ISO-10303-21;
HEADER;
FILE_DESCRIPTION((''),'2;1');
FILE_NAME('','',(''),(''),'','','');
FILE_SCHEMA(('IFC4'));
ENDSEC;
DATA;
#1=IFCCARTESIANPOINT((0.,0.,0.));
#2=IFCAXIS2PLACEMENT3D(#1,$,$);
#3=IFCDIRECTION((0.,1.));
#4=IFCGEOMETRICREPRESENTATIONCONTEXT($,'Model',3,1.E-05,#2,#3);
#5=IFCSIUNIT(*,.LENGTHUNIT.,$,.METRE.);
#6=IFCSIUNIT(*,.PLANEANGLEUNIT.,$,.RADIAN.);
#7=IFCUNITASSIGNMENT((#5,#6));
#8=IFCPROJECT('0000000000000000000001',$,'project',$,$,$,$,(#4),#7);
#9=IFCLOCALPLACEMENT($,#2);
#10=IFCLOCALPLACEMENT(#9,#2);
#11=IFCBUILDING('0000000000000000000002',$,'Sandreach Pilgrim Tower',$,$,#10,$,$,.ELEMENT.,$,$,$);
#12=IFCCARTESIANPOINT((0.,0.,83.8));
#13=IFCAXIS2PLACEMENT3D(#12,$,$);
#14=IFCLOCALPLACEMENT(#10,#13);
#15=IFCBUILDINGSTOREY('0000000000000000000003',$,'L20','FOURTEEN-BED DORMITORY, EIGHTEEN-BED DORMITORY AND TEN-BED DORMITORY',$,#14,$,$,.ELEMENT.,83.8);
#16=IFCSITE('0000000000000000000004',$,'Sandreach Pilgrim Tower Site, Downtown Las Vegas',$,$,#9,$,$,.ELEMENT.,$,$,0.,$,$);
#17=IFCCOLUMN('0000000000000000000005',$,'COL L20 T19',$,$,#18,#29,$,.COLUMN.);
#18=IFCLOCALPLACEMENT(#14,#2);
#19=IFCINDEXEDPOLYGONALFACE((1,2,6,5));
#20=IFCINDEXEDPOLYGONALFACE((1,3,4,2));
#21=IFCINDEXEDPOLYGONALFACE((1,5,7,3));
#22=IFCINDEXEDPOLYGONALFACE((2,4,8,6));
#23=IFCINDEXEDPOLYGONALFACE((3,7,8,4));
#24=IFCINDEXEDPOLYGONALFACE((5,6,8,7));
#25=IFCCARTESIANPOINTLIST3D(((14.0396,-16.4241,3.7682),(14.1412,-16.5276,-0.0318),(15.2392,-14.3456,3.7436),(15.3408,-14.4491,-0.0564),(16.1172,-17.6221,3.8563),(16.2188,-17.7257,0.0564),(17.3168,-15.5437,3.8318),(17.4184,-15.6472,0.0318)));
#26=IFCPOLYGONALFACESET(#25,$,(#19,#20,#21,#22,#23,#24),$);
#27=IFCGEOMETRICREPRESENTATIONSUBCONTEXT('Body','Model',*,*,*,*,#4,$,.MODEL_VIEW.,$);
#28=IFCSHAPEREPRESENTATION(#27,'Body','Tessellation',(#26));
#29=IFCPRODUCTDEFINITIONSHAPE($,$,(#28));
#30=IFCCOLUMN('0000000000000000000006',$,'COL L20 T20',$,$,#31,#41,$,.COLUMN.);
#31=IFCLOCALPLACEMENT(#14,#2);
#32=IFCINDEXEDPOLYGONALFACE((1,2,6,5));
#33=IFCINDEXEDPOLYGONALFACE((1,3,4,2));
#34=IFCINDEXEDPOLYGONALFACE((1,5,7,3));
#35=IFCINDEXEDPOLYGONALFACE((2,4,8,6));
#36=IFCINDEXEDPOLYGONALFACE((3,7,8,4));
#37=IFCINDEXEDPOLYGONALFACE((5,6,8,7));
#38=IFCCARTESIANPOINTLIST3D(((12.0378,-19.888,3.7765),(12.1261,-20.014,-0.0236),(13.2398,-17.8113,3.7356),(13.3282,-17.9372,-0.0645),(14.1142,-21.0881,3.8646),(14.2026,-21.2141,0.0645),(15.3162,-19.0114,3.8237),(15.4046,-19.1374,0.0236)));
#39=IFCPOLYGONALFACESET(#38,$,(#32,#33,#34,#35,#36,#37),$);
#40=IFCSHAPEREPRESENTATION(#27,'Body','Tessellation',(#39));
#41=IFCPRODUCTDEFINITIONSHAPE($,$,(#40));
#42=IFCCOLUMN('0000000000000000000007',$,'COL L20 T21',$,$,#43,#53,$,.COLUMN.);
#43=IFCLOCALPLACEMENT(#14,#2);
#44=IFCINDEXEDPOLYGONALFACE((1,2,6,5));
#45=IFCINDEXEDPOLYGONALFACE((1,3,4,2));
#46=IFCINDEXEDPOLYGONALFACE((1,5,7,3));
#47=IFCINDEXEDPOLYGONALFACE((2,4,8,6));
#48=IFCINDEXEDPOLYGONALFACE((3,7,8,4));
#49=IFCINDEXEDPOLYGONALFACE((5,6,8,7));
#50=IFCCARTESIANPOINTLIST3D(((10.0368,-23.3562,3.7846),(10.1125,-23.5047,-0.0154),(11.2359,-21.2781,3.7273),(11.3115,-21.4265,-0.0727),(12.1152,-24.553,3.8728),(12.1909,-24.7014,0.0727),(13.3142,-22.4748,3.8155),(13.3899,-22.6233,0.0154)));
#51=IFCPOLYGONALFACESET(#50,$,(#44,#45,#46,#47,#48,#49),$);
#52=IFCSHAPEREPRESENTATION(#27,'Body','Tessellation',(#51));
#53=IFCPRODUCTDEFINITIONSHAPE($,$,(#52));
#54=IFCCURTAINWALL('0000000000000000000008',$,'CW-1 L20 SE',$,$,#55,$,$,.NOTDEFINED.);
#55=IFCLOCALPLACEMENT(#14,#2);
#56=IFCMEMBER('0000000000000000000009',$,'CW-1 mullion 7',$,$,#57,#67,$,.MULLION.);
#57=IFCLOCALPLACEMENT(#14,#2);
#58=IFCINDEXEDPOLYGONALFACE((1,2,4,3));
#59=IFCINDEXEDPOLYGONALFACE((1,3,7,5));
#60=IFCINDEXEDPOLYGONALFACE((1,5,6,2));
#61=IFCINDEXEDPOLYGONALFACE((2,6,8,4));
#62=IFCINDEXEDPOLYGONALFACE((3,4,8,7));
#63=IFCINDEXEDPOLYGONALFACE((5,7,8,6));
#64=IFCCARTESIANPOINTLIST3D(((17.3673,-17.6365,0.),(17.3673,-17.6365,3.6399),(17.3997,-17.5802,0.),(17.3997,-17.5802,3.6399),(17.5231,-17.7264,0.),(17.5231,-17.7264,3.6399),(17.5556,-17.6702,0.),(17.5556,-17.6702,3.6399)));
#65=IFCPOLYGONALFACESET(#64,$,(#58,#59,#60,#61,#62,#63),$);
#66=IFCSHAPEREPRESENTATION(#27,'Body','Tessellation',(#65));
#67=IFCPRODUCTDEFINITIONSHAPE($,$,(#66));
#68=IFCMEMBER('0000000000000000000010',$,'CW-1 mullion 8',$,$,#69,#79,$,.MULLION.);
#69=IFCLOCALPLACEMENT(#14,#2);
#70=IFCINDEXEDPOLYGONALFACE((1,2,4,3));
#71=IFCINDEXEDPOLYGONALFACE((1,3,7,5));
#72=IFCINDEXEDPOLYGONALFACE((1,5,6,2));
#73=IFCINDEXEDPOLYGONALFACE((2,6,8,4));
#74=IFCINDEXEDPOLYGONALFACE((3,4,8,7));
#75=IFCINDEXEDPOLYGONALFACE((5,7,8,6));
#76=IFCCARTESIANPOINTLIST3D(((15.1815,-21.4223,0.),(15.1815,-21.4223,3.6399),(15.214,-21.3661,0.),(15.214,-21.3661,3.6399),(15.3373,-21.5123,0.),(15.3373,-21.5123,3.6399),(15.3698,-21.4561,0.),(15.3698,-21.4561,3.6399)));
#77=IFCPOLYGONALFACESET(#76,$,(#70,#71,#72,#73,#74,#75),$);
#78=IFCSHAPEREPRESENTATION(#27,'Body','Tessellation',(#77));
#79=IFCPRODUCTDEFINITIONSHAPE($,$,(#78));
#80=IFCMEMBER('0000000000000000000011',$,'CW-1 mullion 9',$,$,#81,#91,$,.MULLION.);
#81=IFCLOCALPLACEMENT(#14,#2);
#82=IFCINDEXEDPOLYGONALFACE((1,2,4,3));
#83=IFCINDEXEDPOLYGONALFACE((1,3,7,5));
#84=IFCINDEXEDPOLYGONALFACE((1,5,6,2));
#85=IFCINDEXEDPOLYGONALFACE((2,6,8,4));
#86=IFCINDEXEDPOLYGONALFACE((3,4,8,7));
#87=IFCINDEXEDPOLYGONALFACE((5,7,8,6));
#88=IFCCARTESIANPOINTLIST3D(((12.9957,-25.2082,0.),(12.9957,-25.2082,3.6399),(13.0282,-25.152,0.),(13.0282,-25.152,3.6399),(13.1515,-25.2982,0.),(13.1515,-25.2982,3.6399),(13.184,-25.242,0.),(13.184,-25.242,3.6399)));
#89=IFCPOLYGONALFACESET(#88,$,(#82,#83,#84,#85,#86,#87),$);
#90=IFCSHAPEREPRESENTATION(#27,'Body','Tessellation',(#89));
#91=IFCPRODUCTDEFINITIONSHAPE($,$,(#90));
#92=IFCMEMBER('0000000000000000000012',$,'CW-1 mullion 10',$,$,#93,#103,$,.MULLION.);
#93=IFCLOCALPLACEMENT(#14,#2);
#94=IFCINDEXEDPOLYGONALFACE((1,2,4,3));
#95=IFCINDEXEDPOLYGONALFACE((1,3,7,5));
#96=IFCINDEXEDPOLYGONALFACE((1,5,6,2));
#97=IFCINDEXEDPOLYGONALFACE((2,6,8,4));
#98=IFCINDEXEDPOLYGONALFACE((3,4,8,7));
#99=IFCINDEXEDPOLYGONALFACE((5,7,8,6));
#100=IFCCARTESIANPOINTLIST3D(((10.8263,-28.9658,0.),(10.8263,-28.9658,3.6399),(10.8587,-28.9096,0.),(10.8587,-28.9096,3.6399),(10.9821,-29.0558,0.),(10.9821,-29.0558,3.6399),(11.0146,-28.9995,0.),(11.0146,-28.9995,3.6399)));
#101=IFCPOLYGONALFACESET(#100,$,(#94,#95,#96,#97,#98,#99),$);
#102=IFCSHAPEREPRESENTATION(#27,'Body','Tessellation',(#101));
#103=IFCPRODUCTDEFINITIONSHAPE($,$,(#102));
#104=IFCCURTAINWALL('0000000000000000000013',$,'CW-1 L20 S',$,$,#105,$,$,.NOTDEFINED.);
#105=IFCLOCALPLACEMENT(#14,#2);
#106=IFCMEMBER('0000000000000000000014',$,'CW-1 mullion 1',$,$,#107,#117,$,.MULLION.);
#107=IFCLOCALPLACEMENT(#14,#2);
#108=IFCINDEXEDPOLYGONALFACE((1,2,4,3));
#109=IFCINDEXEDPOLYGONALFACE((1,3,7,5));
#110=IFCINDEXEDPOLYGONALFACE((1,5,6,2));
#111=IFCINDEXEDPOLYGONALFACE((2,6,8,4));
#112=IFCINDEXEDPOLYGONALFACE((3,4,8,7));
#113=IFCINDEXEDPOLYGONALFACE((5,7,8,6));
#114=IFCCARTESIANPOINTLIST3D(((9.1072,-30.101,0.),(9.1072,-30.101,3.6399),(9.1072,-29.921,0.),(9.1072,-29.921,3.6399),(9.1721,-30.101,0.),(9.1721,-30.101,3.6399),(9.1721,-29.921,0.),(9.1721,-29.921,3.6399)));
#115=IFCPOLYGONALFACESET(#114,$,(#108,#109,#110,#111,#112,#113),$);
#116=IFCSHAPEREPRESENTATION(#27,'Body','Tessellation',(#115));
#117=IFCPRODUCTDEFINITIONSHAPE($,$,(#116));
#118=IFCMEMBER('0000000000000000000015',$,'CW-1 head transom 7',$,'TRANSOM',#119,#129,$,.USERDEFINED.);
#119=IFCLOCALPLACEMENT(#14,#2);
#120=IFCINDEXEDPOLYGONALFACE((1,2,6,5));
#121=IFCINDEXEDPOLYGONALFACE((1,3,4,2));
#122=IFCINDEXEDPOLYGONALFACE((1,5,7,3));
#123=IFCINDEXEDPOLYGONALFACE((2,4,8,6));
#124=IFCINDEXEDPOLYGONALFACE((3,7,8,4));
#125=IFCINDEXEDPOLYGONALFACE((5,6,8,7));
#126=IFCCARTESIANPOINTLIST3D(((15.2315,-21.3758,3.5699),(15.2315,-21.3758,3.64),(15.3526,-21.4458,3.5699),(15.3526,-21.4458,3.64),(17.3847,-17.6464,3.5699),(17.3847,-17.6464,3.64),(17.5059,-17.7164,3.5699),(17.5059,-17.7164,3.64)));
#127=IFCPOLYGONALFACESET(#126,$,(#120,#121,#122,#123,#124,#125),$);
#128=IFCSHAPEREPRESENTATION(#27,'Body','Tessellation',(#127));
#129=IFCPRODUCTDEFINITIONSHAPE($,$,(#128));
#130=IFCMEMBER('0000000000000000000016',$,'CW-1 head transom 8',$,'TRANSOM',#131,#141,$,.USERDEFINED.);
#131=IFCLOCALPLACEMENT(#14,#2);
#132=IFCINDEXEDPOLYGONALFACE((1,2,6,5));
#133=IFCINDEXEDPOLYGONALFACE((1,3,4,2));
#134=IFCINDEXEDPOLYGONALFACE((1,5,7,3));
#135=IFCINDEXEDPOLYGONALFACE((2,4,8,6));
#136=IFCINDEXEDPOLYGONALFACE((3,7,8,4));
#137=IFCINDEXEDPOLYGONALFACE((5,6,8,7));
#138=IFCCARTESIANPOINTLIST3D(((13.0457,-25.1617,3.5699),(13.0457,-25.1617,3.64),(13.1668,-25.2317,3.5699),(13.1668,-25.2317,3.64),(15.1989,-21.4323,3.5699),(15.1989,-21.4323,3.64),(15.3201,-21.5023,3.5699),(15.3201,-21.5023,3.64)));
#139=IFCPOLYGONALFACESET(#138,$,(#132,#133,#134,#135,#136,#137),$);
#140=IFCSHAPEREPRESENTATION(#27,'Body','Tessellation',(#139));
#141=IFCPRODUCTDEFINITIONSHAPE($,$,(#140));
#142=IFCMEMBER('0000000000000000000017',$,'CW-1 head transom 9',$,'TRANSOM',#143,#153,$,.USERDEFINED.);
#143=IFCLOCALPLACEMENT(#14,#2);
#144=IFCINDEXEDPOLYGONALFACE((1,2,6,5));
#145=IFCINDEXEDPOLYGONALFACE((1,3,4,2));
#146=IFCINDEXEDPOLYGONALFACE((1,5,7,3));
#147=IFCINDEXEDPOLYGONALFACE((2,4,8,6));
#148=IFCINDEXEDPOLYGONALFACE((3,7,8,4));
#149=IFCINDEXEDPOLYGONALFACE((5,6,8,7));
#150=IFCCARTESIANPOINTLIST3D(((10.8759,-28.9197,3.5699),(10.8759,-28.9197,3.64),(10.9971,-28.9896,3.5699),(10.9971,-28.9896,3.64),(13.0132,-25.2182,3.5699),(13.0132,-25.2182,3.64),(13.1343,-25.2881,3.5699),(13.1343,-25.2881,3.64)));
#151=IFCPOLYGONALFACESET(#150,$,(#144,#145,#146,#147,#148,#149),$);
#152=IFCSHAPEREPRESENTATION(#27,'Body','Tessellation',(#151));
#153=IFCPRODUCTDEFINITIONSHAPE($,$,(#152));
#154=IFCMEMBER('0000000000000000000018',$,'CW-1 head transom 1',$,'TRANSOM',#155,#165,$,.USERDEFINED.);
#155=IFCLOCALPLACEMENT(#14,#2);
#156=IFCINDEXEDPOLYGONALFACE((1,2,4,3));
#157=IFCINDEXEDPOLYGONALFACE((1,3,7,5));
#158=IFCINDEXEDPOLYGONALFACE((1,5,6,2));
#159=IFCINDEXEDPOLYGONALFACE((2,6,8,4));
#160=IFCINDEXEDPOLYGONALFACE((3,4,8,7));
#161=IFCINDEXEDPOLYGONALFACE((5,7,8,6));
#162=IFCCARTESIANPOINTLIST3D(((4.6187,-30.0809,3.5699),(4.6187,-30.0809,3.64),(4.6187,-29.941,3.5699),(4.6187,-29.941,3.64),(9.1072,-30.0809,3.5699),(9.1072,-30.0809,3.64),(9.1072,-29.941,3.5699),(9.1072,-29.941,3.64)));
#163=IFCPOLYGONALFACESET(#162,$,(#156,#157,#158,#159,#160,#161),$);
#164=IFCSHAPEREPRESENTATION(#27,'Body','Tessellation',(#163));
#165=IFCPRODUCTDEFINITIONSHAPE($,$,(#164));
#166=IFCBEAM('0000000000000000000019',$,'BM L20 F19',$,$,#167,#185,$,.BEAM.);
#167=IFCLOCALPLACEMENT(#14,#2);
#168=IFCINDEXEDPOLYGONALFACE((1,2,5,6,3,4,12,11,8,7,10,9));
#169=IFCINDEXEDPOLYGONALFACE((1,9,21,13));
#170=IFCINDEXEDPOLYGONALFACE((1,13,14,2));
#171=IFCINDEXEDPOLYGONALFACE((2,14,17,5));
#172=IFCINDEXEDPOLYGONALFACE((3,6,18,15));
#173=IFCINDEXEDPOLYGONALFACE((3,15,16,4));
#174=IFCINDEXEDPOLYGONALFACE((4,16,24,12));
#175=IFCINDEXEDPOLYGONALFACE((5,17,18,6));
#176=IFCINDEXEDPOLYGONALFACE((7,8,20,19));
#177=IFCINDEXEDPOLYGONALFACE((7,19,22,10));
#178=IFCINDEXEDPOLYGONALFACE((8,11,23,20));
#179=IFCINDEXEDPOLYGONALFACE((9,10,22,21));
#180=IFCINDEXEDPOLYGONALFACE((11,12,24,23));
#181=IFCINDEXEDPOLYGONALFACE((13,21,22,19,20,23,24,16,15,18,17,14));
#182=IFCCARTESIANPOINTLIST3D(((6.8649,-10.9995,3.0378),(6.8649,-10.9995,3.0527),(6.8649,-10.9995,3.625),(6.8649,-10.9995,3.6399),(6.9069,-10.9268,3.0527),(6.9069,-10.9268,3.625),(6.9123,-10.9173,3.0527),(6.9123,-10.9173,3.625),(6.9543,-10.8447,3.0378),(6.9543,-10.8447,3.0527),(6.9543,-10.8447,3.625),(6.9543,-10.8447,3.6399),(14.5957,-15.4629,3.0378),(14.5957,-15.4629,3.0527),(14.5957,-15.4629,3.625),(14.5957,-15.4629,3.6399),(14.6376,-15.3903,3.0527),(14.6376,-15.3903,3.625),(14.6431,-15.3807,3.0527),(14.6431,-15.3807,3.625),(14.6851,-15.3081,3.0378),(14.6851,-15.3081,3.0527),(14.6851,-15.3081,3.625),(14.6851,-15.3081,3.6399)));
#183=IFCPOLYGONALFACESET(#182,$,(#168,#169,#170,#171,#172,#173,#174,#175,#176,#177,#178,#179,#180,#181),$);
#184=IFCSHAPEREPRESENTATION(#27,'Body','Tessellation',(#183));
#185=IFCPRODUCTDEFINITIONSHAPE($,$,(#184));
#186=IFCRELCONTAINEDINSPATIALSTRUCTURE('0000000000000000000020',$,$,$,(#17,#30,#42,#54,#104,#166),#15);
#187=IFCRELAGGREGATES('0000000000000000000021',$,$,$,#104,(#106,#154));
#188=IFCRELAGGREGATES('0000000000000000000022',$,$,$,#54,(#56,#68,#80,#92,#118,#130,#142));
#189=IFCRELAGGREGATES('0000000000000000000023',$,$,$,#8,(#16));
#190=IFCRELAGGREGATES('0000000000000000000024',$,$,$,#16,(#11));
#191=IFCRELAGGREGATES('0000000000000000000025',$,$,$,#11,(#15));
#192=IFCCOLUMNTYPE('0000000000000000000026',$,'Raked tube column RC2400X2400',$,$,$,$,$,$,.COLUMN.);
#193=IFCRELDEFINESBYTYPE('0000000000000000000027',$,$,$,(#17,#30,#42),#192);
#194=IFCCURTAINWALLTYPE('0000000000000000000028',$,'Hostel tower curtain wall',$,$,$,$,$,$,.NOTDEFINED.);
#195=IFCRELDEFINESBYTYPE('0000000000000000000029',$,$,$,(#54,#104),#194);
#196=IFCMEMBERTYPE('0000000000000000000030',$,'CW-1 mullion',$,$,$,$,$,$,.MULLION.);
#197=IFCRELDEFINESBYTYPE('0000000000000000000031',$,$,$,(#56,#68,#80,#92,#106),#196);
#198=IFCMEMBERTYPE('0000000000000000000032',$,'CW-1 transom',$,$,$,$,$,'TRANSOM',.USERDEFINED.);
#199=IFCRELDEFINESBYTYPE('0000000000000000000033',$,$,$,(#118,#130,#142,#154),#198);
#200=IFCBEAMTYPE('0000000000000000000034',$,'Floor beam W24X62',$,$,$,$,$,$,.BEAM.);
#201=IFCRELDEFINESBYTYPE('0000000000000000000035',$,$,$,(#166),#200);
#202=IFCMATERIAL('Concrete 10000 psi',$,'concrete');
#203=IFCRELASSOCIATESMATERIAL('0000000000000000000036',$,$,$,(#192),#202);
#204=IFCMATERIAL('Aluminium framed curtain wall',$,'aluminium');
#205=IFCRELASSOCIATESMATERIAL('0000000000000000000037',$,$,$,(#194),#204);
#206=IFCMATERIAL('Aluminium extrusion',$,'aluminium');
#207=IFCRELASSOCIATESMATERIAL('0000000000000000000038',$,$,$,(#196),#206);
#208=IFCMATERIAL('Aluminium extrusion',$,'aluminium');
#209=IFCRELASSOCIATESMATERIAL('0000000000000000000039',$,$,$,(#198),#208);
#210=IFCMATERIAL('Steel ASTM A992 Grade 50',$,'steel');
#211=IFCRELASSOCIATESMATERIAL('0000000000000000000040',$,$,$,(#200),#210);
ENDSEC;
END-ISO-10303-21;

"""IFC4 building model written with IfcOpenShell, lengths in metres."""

from ifc_helpers import new_model, si_unit, direction, frame, origin, origin_2d, place, context, subcontext, project, spatial, rectangle, i_section, extrude, material, material_profile, profile_set, type_object, element, aggregate, save


model = new_model("IFC4")

# Units and contexts
model_context = context("Model", 3, precision=1e-05, world=origin(), true_north=direction((0.0, 1.0)))
body_context = subcontext(model_context, "Body", "Model", "MODEL_VIEW")
ifc_project = project(units=[si_unit("LENGTHUNIT", "METRE"), si_unit("PLANEANGLEUNIT", "RADIAN")], contexts=[model_context])

# Site, building, storey
site_placement = place(None, origin())
site = spatial("IfcSite", under=ifc_project, at=site_placement, Name="Sandreach Pilgrim Tower Site, Downtown Las Vegas", CompositionType="ELEMENT", RefElevation=0.0)
building_placement = place(site_placement, origin())
building = spatial("IfcBuilding", under=site, at=building_placement, Name="Sandreach Pilgrim Tower", CompositionType="ELEMENT")
storey_placement = place(building_placement, frame((0.0, 0.0, 83.8)))
storey = spatial("IfcBuildingStorey", under=building, at=storey_placement, Name="L20", Description="FOURTEEN-BED DORMITORY, EIGHTEEN-BED DORMITORY AND TEN-BED DORMITORY", CompositionType="ELEMENT", Elevation=83.8)

# Columns
ifc_material_1 = material(Name="Concrete 10000 psi", Category="concrete")
ifc_material_profile_1 = material_profile(ifc_material_1, rectangle(XDim=2.3999, YDim=2.3999, at=origin_2d()), Name="RC2400X2400")
ifc_profile_set_1 = profile_set([ifc_material_profile_1], Name="Concrete 10000 psi")
column_type = type_object("IfcColumnType", Name="Raked tube column RC2400X2400", PredefinedType="COLUMN", material=ifc_profile_set_1)
column_1_placement = place(storey_placement, frame((15.7798, -16.0874, 0.0), z_axis=(-0.026707, 0.027221, 0.999273), x_axis=(0.865695, -0.499221, 0.036736)))
element("IfcColumn", 1, at=column_1_placement, inside=storey, type_object=column_type, Name="COL L20 T19", PredefinedType="COLUMN", context=body_context, shape_type="SweptSolid", body=[
    extrude(rectangle(XDim=2.3999, YDim=2.3999, at=origin_2d()), origin(), (0.0, 0.0, 1.0), 3.8027),
])
column_2_placement = place(storey_placement, frame((13.7654, -19.5757, 0.0), z_axis=(-0.023238, 0.033124, 0.999181), x_axis=(0.865206, -0.500071, 0.0367)))
element("IfcColumn", 2, at=column_2_placement, inside=storey, type_object=column_type, Name="COL L20 T20", PredefinedType="COLUMN", context=body_context, shape_type="SweptSolid", body=[
    extrude(rectangle(XDim=2.3999, YDim=2.3999, at=origin_2d()), origin(), (0.0, 0.0, 1.0), 3.8032),
])
column_3_placement = place(storey_placement, frame((11.7512, -23.064, 0.0), z_axis=(-0.019897, 0.039025, 0.99904), x_axis=(0.866022, -0.498655, 0.036727)))
element("IfcColumn", 3, at=column_3_placement, inside=storey, type_object=column_type, Name="COL L20 T21", PredefinedType="COLUMN", context=body_context, shape_type="SweptSolid", body=[
    extrude(rectangle(XDim=2.3999, YDim=2.3999, at=origin_2d()), origin(), (0.0, 0.0, 1.0), 3.8037),
])

# Curtain wall, members
ifc_material_2 = material(Name="Aluminium framed curtain wall", Category="aluminium")
curtain_wall_type = type_object("IfcCurtainWallType", Name="Hostel tower curtain wall", PredefinedType="NOTDEFINED", material=ifc_material_2)
curtain_wall_1_placement = place(storey_placement, origin())
curtain_wall_1 = element("IfcCurtainWall", 4, at=curtain_wall_1_placement, inside=storey, type_object=curtain_wall_type, Name="CW-1 L20 SE", PredefinedType="NOTDEFINED")
ifc_material_3 = material(Name="Aluminium extrusion", Category="aluminium")
ifc_material_profile_2 = material_profile(ifc_material_3, rectangle(XDim=0.0649, YDim=0.1799, at=origin_2d()), Name="CW-1M 65X180")
ifc_profile_set_2 = profile_set([ifc_material_profile_2], Name="Aluminium extrusion")
member_type_1 = type_object("IfcMemberType", Name="CW-1 mullion", PredefinedType="MULLION", material=ifc_profile_set_2)
member_1_placement = place(storey_placement, frame((17.4614, -17.6533, 0.0), z_axis=(0.0, 0.0, 1.0), x_axis=(-0.5, -0.866025, 0.0)))
member_1 = element("IfcMember", 5, at=member_1_placement, type_object=member_type_1, Name="CW-1 mullion 7", PredefinedType="MULLION", context=body_context, shape_type="SweptSolid", body=[
    extrude(rectangle(XDim=0.0649, YDim=0.1799, at=origin_2d()), origin(), (0.0, 0.0, 1.0), 3.6399),
])
member_2_placement = place(storey_placement, frame((15.2756, -21.4392, 0.0), z_axis=(0.0, 0.0, 1.0), x_axis=(-0.5, -0.866025, 0.0)))
member_2 = element("IfcMember", 6, at=member_2_placement, type_object=member_type_1, Name="CW-1 mullion 8", PredefinedType="MULLION", context=body_context, shape_type="SweptSolid", body=[
    extrude(rectangle(XDim=0.0649, YDim=0.1799, at=origin_2d()), origin(), (0.0, 0.0, 1.0), 3.6399),
])
member_3_placement = place(storey_placement, frame((13.0898, -25.2251, 0.0), z_axis=(0.0, 0.0, 1.0), x_axis=(-0.5, -0.866025, 0.0)))
member_3 = element("IfcMember", 7, at=member_3_placement, type_object=member_type_1, Name="CW-1 mullion 9", PredefinedType="MULLION", context=body_context, shape_type="SweptSolid", body=[
    extrude(rectangle(XDim=0.0649, YDim=0.1799, at=origin_2d()), origin(), (0.0, 0.0, 1.0), 3.6399),
])
member_4_placement = place(storey_placement, frame((10.9204, -28.9827, 0.0), z_axis=(0.0, 0.0, 1.0), x_axis=(-0.5, -0.866025, 0.0)))
member_4 = element("IfcMember", 8, at=member_4_placement, type_object=member_type_1, Name="CW-1 mullion 10", PredefinedType="MULLION", context=body_context, shape_type="SweptSolid", body=[
    extrude(rectangle(XDim=0.0649, YDim=0.1799, at=origin_2d()), origin(), (0.0, 0.0, 1.0), 3.6399),
])

# Curtain wall, member
curtain_wall_2_placement = place(storey_placement, origin())
curtain_wall_2 = element("IfcCurtainWall", 9, at=curtain_wall_2_placement, inside=storey, type_object=curtain_wall_type, Name="CW-1 L20 S", PredefinedType="NOTDEFINED")
member_5_placement = place(storey_placement, frame((9.1396, -30.011, 0.0), z_axis=(0.0, 0.0, 1.0), x_axis=(-1.0, 0.0, 0.0)))
member_5 = element("IfcMember", 10, at=member_5_placement, type_object=member_type_1, Name="CW-1 mullion 1", PredefinedType="MULLION", context=body_context, shape_type="SweptSolid", body=[
    extrude(rectangle(XDim=0.0649, YDim=0.1799, at=origin_2d()), origin(), (0.0, 0.0, 1.0), 3.6399),
])

# Members
ifc_material_4 = material(Name="Aluminium extrusion", Category="aluminium")
ifc_material_profile_3 = material_profile(ifc_material_4, rectangle(XDim=0.1399, YDim=0.0701, at=origin_2d()), Name="CW-1T 140X70")
ifc_profile_set_3 = profile_set([ifc_material_profile_3], Name="Aluminium extrusion")
member_type_2 = type_object("IfcMemberType", Name="CW-1 transom", ElementType="TRANSOM", PredefinedType="USERDEFINED", material=ifc_profile_set_3)
member_6_placement = place(storey_placement, frame((17.4453, -17.6814, 3.605), z_axis=(-0.500017, -0.866016, 0.0), x_axis=(0.866016, -0.500017, 0.0)))
member_6 = element("IfcMember", 11, at=member_6_placement, type_object=member_type_2, Name="CW-1 head transom 7", ObjectType="TRANSOM", PredefinedType="USERDEFINED", context=body_context, shape_type="SweptSolid", body=[
    extrude(rectangle(XDim=0.1399, YDim=0.0701, at=origin_2d()), origin(), (0.0, 0.0, 1.0), 4.3064),
])
member_7_placement = place(storey_placement, frame((15.2595, -21.4673, 3.605), z_axis=(-0.500017, -0.866016, 0.0), x_axis=(0.866016, -0.500017, 0.0)))
member_7 = element("IfcMember", 12, at=member_7_placement, type_object=member_type_2, Name="CW-1 head transom 8", ObjectType="TRANSOM", PredefinedType="USERDEFINED", context=body_context, shape_type="SweptSolid", body=[
    extrude(rectangle(XDim=0.1399, YDim=0.0701, at=origin_2d()), origin(), (0.0, 0.0, 1.0), 4.3064),
])
member_8_placement = place(storey_placement, frame((13.0737, -25.2532, 3.605), z_axis=(-0.500034, -0.866006, 0.0), x_axis=(0.866006, -0.500034, 0.0)))
member_8 = element("IfcMember", 13, at=member_8_placement, type_object=member_type_2, Name="CW-1 head transom 9", ObjectType="TRANSOM", PredefinedType="USERDEFINED", context=body_context, shape_type="SweptSolid", body=[
    extrude(rectangle(XDim=0.1399, YDim=0.0701, at=origin_2d()), origin(), (0.0, 0.0, 1.0), 4.2742),
])
member_9_placement = place(storey_placement, frame((9.1072, -30.011, 3.605), z_axis=(-1.0, 0.0, 0.0), x_axis=(0.0, -1.0, 0.0)))
member_9 = element("IfcMember", 14, at=member_9_placement, type_object=member_type_2, Name="CW-1 head transom 1", ObjectType="TRANSOM", PredefinedType="USERDEFINED", context=body_context, shape_type="SweptSolid", body=[
    extrude(rectangle(XDim=0.1399, YDim=0.0701, at=origin_2d()), origin(), (0.0, 0.0, 1.0), 4.4885),
])
aggregate(curtain_wall_2, [member_5, member_9])

# Beam
ifc_material_5 = material(Name="Steel ASTM A992 Grade 50", Category="steel")
ifc_material_profile_4 = material_profile(ifc_material_5, i_section(OverallWidth=0.1787, OverallDepth=0.6021, WebThickness=0.011, FlangeThickness=0.0149, at=origin_2d()), Name="W24X62")
ifc_profile_set_4 = profile_set([ifc_material_profile_4], Name="Steel ASTM A992 Grade 50")
beam_type_1 = type_object("IfcBeamType", Name="Floor beam W24X62", PredefinedType="BEAM", material=ifc_profile_set_4)
beam_1_placement = place(storey_placement, frame((14.6404, -15.3855, 3.3389), z_axis=(-0.866023, 0.500004, 0.0), x_axis=(-0.500004, -0.866023, 0.0)))
element("IfcBeam", 15, at=beam_1_placement, inside=storey, type_object=beam_type_1, Name="BM L20 F19", PredefinedType="BEAM", context=body_context, shape_type="SweptSolid", body=[
    extrude(i_section(OverallWidth=0.1787, OverallDepth=0.6021, WebThickness=0.011, FlangeThickness=0.0149, at=origin_2d()), origin(), (0.0, 0.0, 1.0), 8.9268),
])

aggregate(curtain_wall_1, [member_1, member_2, member_3, member_4, member_6, member_7, member_8])

save(model, "model.ifc")
